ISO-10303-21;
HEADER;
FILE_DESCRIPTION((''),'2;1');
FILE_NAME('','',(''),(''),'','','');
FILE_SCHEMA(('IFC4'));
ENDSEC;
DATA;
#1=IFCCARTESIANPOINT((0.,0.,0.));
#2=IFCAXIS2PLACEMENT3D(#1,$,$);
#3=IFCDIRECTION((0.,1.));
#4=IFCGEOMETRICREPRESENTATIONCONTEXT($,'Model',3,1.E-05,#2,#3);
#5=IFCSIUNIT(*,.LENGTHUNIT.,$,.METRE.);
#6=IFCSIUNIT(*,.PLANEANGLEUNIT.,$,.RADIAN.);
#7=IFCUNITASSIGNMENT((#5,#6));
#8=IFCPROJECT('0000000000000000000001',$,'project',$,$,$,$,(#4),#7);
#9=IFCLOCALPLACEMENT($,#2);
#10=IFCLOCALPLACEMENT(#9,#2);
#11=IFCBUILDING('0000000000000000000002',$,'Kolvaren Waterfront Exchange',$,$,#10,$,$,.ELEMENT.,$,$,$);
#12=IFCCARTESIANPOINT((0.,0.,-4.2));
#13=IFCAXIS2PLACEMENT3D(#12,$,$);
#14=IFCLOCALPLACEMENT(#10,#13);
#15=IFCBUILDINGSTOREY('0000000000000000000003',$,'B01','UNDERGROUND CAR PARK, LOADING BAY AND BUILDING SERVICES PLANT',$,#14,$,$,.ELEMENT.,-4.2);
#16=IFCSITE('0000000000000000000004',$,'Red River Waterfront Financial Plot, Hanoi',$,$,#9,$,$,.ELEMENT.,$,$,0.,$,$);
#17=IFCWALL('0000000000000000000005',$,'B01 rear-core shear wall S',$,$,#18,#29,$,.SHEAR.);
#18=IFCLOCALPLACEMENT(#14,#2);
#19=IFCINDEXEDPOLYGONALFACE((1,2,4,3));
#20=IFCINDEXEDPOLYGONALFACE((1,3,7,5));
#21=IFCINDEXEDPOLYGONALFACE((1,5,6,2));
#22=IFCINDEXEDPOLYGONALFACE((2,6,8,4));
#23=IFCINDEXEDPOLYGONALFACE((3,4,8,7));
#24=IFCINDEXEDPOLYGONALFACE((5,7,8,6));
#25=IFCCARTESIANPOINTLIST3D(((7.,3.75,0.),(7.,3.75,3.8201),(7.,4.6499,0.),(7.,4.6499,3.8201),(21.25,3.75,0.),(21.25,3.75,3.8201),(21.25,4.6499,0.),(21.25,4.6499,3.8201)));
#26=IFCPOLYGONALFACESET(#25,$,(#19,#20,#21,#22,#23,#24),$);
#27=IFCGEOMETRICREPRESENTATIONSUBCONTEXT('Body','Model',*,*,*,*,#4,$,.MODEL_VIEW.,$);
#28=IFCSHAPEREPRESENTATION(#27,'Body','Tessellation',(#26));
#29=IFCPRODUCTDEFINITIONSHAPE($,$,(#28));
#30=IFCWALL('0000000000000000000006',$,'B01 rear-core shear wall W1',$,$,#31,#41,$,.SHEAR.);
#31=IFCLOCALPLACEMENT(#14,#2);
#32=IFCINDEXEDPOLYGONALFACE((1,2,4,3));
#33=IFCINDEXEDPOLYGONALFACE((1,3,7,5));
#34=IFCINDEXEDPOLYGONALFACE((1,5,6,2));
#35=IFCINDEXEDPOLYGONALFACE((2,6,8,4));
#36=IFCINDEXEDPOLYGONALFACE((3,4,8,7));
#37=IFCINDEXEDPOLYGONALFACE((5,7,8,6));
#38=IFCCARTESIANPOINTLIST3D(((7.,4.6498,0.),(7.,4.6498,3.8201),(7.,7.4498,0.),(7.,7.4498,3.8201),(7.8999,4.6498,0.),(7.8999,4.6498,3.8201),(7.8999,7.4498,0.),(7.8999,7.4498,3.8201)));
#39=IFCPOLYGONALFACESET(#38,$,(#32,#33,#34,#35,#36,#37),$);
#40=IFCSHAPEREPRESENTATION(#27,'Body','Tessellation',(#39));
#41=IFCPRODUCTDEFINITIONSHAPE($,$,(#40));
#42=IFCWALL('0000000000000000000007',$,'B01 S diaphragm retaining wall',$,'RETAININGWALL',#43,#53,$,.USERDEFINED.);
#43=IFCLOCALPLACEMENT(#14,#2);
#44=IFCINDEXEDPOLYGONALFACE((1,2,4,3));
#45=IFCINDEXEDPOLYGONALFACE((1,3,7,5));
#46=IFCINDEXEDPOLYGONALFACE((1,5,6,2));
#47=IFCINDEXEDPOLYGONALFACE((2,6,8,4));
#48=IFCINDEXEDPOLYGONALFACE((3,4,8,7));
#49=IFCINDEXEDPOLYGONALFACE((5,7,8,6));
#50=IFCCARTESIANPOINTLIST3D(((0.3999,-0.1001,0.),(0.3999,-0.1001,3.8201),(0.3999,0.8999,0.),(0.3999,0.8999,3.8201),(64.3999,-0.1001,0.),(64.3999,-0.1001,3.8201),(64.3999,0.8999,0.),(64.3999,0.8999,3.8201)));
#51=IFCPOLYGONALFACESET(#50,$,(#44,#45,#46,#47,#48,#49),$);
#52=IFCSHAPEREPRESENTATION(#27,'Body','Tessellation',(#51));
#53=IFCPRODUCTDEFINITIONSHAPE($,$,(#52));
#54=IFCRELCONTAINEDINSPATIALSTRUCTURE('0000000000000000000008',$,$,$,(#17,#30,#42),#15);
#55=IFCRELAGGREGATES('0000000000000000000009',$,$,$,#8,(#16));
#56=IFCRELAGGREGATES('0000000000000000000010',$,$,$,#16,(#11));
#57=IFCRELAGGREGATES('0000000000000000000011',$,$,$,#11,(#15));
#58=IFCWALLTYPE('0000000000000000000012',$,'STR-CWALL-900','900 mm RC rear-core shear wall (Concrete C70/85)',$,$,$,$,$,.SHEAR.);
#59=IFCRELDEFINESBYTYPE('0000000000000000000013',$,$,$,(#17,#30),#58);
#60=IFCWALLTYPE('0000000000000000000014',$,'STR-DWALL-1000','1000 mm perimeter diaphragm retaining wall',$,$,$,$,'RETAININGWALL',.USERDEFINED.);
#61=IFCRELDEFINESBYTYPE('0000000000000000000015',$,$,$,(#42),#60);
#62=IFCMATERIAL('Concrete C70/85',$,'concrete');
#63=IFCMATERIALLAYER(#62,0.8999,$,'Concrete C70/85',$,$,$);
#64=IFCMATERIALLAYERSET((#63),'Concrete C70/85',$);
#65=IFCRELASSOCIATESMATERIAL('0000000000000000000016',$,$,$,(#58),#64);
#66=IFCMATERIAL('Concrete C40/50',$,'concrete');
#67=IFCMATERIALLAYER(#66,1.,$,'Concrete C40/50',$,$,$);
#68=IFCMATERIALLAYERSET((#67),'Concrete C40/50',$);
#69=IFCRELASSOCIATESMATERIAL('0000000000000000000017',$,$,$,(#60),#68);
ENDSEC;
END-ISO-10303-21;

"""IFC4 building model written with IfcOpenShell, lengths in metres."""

from ifc_helpers import new_model, si_unit, direction, frame, frame_2d, origin, place, context, subcontext, project, spatial, rectangle, extrude, material, layer, layer_set, type_object, element, save


model = new_model("IFC4")

# Units and contexts
model_context = context("Model", 3, precision=1e-05, world=origin(), true_north=direction((0.0, 1.0)))
body_context = subcontext(model_context, "Body", "Model", "MODEL_VIEW")
ifc_project = project(units=[si_unit("LENGTHUNIT", "METRE"), si_unit("PLANEANGLEUNIT", "RADIAN")], contexts=[model_context])

# Site, building, storey
site_placement = place(None, origin())
site = spatial("IfcSite", under=ifc_project, at=site_placement, Name="Red River Waterfront Financial Plot, Hanoi", CompositionType="ELEMENT", RefElevation=0.0)
building_placement = place(site_placement, origin())
building = spatial("IfcBuilding", under=site, at=building_placement, Name="Kolvaren Waterfront Exchange", CompositionType="ELEMENT")
storey_placement = place(building_placement, frame((0.0, 0.0, -4.2)))
storey = spatial("IfcBuildingStorey", under=building, at=storey_placement, Name="B01", Description="UNDERGROUND CAR PARK, LOADING BAY AND BUILDING SERVICES PLANT", CompositionType="ELEMENT", Elevation=-4.2)

# Shared definitions
ifc_material_1 = material(Name="Concrete C40/50", Category="concrete")

# Shared definitions
ifc_material_2 = material(Name="Concrete C70/85", Category="concrete")

# Walls
ifc_layer_1 = layer(ifc_material_2, 0.8999, Name="Concrete C70/85")
ifc_layer_set_1 = layer_set([ifc_layer_1], Name="Concrete C70/85")
wall_type_1 = type_object("IfcWallType", Name="STR-CWALL-900", Description="900 mm RC rear-core shear wall (Concrete C70/85)", PredefinedType="SHEAR", material=ifc_layer_set_1)
wall_1_placement = place(storey_placement, frame((7.0, 4.2, 0.0), z_axis=(0.0, 0.0, 1.0), x_axis=(1.0, 0.0, 0.0)))
element("IfcWall", 1, at=wall_1_placement, inside=storey, type_object=wall_type_1, Name="B01 rear-core shear wall S", PredefinedType="SHEAR", context=body_context, shape_type="SweptSolid", body=[
    extrude(rectangle(XDim=14.25, YDim=0.8999, at=frame_2d((7.125, 0.0))), origin(), (0.0, 0.0, 1.0), 3.8201),
])
wall_2_placement = place(storey_placement, frame((7.45, 4.6499, 0.0), z_axis=(0.0, 0.0, 1.0), x_axis=(0.0, 1.0, 0.0)))
element("IfcWall", 2, at=wall_2_placement, inside=storey, type_object=wall_type_1, Name="B01 rear-core shear wall W1", PredefinedType="SHEAR", context=body_context, shape_type="SweptSolid", body=[
    extrude(rectangle(XDim=2.8, YDim=0.8999, at=frame_2d((1.3999, 0.0))), origin(), (0.0, 0.0, 1.0), 3.8201),
])
ifc_layer_2 = layer(ifc_material_1, 1.0, Name="Concrete C40/50")
ifc_layer_set_2 = layer_set([ifc_layer_2], Name="Concrete C40/50")
wall_type_2 = type_object("IfcWallType", Name="STR-DWALL-1000", Description="1000 mm perimeter diaphragm retaining wall", ElementType="RETAININGWALL", PredefinedType="USERDEFINED", material=ifc_layer_set_2)
wall_3_placement = place(storey_placement, frame((0.3999, 0.3999, 0.0), z_axis=(0.0, 0.0, 1.0), x_axis=(1.0, 0.0, 0.0)))
element("IfcWall", 3, at=wall_3_placement, inside=storey, type_object=wall_type_2, Name="B01 S diaphragm retaining wall", ObjectType="RETAININGWALL", PredefinedType="USERDEFINED", context=body_context, shape_type="SweptSolid", body=[
    extrude(rectangle(XDim=64.0, YDim=1.0, at=frame_2d((32.0, 0.0))), origin(), (0.0, 0.0, 1.0), 3.8201),
])

save(model, "model.ifc")
